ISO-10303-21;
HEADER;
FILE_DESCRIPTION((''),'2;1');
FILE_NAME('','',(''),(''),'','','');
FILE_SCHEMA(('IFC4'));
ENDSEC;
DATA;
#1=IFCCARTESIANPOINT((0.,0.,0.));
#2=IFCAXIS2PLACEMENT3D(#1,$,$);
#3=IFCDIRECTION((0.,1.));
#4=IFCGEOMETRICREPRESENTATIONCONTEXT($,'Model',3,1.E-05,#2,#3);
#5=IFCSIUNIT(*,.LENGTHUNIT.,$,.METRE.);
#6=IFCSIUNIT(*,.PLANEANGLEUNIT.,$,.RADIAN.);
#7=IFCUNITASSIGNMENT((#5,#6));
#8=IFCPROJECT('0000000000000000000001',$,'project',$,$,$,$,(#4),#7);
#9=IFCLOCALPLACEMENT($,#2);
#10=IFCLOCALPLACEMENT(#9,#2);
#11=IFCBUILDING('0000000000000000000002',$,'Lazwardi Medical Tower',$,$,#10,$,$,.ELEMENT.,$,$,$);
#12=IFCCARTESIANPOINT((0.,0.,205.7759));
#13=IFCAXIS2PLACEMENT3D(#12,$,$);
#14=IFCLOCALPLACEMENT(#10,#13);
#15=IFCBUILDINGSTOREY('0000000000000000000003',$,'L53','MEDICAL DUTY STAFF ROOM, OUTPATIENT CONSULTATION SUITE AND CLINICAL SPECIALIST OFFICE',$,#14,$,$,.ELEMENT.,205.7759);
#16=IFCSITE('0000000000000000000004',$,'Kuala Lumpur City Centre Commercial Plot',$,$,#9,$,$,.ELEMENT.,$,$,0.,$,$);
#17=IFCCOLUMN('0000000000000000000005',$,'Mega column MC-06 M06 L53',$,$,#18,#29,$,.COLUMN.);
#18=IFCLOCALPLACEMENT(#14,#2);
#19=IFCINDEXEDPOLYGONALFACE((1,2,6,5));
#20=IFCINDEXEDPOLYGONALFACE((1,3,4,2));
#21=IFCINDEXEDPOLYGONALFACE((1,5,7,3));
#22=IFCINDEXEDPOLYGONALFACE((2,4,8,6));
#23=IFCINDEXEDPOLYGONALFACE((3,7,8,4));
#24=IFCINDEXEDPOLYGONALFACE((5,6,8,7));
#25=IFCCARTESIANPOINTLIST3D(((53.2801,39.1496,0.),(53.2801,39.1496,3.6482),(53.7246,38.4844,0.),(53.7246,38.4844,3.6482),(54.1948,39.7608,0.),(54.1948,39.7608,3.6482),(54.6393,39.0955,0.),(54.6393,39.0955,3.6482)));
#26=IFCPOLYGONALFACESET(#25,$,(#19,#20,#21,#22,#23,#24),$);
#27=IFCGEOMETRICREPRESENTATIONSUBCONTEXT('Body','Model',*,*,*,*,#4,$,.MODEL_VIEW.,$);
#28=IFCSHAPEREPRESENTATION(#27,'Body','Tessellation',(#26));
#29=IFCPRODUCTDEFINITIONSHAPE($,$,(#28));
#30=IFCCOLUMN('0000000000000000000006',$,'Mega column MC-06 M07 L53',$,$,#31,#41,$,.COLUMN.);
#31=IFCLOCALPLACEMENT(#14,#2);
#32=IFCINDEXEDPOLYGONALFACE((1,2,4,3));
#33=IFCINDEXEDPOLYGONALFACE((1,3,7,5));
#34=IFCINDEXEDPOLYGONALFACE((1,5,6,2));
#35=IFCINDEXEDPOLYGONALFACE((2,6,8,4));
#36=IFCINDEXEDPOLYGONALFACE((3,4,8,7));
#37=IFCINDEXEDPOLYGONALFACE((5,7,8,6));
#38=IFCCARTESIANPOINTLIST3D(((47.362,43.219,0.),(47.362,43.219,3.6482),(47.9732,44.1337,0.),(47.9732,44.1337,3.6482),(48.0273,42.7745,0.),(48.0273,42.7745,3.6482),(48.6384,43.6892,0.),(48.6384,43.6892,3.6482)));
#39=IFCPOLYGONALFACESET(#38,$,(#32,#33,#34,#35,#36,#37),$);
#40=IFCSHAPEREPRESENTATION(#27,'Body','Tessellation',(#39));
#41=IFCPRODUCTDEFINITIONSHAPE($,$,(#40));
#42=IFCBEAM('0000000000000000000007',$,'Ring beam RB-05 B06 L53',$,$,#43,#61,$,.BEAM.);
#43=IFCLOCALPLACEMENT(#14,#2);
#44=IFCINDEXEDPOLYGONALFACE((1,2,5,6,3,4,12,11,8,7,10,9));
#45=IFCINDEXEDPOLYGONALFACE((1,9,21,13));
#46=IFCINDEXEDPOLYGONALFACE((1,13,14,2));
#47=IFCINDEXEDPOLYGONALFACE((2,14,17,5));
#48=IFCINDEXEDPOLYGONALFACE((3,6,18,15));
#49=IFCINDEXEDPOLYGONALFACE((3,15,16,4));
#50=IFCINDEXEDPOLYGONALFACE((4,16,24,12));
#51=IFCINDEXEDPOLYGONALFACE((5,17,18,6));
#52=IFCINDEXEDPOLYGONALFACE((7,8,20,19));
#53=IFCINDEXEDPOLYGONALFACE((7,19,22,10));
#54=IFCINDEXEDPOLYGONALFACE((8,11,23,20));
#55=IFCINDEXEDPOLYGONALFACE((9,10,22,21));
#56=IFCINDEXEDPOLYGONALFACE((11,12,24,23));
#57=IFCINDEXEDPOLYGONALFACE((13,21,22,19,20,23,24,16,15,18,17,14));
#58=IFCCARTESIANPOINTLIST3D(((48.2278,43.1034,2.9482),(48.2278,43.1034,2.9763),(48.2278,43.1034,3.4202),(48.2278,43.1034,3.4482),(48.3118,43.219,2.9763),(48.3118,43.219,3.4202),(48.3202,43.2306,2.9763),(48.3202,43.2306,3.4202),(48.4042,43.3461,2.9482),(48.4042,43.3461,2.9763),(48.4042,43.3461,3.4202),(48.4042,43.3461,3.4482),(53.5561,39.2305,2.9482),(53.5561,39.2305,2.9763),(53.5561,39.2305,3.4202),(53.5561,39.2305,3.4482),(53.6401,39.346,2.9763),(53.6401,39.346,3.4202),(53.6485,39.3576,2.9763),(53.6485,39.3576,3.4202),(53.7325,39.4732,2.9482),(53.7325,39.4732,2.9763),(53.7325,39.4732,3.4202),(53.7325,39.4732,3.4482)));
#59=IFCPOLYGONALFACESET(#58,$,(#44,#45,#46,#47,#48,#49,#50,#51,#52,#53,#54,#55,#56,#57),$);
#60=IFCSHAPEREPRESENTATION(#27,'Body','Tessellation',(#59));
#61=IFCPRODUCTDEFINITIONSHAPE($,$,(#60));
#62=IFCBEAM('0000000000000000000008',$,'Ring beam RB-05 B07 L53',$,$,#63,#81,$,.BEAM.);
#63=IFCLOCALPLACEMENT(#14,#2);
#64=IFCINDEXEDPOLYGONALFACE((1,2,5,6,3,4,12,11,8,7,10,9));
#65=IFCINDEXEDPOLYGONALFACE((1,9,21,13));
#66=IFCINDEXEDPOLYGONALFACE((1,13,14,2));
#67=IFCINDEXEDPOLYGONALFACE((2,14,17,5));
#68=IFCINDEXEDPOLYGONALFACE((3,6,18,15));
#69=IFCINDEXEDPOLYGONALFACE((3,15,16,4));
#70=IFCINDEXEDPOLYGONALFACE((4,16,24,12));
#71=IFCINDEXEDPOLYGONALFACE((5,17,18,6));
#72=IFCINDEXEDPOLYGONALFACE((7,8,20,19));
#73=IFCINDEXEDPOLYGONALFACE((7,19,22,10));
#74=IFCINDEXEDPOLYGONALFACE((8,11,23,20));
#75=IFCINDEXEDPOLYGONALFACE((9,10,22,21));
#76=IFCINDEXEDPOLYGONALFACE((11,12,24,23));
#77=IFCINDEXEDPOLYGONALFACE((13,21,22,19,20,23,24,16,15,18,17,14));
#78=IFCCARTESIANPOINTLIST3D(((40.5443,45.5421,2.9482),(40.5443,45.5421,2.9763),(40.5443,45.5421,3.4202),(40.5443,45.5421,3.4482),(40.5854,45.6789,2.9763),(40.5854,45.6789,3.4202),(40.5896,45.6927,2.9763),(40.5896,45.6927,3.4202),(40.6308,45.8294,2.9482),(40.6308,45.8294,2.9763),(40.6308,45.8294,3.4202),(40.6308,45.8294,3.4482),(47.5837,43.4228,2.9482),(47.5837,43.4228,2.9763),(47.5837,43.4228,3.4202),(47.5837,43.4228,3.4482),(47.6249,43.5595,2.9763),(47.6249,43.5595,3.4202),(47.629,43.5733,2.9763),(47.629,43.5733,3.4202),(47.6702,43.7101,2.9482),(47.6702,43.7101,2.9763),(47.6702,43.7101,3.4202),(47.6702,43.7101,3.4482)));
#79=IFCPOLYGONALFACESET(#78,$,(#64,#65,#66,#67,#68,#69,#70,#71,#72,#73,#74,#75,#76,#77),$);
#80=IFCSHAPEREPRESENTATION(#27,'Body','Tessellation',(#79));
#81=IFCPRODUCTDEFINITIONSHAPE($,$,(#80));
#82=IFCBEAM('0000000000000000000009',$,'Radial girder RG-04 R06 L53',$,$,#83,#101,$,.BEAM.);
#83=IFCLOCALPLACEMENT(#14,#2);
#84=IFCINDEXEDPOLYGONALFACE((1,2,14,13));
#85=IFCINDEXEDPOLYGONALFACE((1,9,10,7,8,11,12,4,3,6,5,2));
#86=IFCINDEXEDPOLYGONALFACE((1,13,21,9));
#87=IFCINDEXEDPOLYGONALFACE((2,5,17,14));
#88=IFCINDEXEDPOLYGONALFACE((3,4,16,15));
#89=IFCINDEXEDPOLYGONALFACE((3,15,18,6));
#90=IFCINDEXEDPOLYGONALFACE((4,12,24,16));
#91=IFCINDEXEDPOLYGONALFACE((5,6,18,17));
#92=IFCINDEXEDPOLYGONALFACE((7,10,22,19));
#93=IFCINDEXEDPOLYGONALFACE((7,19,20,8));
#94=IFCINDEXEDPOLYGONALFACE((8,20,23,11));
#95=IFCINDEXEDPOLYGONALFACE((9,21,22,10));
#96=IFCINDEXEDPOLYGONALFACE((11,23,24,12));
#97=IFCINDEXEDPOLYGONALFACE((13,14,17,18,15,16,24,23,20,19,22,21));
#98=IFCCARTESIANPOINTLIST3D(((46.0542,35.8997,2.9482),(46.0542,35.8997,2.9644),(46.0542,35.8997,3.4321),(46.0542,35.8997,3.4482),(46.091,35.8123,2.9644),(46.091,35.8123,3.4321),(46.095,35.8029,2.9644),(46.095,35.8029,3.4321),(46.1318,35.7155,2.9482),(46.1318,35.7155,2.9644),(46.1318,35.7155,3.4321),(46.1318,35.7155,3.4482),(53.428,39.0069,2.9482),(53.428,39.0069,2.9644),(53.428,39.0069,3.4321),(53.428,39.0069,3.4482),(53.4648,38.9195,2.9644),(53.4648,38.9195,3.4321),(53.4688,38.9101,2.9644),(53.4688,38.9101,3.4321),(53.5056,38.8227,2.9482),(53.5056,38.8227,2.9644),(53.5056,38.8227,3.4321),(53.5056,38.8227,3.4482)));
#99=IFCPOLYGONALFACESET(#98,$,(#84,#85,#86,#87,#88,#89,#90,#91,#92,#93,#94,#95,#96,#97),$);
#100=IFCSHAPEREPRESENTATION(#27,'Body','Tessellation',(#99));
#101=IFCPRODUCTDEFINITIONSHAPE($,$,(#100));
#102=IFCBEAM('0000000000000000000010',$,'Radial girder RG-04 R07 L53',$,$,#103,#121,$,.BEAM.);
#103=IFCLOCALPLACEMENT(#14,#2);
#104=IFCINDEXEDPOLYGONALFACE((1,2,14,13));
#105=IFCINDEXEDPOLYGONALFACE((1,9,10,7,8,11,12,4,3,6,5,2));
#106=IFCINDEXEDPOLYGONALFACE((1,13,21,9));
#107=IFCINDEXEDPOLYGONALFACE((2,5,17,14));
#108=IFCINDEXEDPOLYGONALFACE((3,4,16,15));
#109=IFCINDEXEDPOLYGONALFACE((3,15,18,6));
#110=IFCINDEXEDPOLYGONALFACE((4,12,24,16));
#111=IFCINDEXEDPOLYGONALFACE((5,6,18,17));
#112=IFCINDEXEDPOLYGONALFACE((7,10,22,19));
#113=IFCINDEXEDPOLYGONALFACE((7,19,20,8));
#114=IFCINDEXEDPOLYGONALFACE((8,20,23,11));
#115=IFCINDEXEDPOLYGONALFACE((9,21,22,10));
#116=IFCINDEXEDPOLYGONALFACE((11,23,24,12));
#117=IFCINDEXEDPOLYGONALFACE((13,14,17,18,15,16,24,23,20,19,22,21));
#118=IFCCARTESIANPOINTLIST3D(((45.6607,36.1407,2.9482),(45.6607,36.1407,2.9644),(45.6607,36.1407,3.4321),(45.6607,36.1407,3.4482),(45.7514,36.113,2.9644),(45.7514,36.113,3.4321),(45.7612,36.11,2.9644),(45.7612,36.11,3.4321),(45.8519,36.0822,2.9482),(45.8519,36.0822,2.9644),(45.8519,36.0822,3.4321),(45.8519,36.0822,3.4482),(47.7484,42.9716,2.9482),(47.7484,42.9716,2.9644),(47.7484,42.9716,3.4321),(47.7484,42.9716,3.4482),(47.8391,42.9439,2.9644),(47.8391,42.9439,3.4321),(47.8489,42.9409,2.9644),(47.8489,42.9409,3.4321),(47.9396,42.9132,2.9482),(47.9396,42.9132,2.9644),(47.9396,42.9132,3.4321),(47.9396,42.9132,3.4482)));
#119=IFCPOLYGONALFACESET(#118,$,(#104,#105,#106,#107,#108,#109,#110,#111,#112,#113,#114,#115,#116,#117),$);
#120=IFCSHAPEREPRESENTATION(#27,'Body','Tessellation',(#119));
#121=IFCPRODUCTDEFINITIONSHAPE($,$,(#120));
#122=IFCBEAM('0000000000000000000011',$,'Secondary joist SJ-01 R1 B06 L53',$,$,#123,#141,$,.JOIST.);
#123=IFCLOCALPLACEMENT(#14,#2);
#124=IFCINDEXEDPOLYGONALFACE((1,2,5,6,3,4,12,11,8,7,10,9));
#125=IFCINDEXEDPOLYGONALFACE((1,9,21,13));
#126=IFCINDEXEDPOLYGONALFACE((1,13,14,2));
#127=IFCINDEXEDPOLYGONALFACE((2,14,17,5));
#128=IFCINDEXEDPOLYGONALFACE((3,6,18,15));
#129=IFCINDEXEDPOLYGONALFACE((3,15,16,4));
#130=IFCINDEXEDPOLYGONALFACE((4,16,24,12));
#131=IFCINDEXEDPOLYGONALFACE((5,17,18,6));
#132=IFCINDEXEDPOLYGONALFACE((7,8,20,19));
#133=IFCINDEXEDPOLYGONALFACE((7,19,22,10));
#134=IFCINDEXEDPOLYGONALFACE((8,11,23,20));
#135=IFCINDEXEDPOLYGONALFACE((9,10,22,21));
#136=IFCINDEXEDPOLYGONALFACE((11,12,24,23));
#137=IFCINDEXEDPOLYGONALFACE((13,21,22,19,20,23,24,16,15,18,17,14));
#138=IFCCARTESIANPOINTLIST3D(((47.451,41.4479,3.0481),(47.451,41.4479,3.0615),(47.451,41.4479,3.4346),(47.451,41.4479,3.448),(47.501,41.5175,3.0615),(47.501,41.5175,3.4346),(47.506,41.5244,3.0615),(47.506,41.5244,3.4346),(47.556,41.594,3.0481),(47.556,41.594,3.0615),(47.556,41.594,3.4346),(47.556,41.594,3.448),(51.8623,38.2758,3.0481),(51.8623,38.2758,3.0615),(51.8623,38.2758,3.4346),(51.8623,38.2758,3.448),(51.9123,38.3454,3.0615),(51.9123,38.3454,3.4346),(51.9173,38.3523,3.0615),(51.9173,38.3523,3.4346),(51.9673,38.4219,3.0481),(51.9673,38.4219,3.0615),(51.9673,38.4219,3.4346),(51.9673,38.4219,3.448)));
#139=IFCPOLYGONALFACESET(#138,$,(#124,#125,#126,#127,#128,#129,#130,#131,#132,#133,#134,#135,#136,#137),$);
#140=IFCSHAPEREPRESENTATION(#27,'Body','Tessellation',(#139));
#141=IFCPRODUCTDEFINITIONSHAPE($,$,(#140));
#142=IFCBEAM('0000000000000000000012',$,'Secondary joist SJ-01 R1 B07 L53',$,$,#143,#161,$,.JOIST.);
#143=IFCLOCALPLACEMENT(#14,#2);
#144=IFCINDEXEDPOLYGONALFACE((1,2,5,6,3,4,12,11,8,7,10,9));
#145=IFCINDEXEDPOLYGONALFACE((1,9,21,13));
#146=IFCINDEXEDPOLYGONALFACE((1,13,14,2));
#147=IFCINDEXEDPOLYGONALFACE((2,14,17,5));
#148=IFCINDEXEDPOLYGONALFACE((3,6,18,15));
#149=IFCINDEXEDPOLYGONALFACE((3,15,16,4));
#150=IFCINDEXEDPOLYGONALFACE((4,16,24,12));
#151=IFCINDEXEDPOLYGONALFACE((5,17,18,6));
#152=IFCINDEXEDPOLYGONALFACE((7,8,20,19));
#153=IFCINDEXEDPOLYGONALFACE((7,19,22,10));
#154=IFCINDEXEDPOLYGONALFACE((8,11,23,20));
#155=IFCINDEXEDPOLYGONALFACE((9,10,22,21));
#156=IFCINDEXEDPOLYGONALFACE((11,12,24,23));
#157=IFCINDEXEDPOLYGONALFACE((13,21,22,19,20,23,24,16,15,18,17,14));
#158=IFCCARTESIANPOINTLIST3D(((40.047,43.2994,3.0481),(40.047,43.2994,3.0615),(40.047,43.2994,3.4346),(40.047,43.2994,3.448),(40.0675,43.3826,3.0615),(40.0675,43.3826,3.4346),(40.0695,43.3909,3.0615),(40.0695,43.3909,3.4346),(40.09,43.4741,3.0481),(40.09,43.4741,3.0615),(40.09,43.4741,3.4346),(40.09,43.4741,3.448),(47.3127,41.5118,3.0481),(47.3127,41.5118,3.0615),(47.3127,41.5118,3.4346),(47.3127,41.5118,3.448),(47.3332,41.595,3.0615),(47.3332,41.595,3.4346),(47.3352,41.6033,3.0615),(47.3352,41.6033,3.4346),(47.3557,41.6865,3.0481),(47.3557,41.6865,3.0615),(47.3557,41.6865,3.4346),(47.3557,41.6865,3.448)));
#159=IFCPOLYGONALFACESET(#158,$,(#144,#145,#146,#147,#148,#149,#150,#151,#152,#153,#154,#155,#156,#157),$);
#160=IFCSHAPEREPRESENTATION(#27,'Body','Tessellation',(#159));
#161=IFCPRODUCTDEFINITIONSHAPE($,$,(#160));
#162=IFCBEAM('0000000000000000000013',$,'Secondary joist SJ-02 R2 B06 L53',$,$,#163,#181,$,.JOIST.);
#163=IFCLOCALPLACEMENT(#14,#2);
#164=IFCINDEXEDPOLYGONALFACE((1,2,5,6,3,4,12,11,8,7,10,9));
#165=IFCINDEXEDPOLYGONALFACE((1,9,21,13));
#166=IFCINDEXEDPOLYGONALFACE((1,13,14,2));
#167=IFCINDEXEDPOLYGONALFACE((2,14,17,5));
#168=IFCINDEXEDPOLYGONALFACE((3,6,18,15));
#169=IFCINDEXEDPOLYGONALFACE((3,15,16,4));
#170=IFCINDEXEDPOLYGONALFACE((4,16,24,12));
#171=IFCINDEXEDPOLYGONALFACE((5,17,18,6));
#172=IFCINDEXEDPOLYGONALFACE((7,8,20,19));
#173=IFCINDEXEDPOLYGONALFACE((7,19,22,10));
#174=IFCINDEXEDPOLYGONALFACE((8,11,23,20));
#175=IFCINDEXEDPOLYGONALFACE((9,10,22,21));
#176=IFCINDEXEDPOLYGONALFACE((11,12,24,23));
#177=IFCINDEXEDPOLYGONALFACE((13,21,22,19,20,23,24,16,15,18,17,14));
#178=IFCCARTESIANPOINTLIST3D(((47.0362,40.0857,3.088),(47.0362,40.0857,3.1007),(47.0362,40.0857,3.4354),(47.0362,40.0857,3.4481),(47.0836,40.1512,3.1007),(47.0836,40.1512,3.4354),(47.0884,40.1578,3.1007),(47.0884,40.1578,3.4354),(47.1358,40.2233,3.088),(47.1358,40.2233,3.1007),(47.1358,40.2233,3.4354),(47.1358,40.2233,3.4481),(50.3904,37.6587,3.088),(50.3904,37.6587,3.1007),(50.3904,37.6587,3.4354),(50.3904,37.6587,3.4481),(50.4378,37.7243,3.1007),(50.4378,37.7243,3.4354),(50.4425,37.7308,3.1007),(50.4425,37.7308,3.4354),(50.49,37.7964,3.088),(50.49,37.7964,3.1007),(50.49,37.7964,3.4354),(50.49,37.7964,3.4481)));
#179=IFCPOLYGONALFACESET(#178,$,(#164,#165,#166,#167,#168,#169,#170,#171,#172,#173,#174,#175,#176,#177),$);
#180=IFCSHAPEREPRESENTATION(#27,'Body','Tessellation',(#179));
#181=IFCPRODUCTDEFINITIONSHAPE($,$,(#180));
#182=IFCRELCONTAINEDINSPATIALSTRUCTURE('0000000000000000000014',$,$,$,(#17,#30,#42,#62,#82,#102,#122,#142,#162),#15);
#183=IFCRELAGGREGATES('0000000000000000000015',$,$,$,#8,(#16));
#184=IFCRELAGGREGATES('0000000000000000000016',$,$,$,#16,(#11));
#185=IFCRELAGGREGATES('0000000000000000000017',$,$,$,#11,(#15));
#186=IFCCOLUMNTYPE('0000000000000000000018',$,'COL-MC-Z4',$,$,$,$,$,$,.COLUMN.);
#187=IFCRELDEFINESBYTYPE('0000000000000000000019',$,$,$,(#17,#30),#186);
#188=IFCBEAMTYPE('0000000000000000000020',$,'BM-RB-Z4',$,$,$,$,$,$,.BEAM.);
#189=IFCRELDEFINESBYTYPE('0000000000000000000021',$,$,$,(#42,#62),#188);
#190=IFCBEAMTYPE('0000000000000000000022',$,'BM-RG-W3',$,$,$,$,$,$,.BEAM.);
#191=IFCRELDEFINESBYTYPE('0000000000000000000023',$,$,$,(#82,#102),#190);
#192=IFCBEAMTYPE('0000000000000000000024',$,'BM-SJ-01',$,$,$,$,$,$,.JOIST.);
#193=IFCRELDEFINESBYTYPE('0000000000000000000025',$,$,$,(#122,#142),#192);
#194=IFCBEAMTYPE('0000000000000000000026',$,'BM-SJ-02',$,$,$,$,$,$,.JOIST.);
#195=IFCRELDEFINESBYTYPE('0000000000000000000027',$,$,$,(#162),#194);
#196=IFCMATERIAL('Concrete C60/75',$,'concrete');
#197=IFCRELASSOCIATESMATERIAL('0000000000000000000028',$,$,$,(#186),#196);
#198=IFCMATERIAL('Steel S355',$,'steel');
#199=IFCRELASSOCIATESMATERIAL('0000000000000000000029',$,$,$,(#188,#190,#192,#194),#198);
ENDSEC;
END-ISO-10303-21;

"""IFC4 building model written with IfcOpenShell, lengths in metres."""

from ifc_helpers import new_model, si_unit, direction, frame, origin, origin_2d, place, context, subcontext, project, spatial, rectangle, i_section, extrude, material, material_profile, profile_set, type_object, element, save


model = new_model("IFC4")

# Units and contexts
model_context = context("Model", 3, precision=1e-05, world=origin(), true_north=direction((0.0, 1.0)))
body_context = subcontext(model_context, "Body", "Model", "MODEL_VIEW")
ifc_project = project(units=[si_unit("LENGTHUNIT", "METRE"), si_unit("PLANEANGLEUNIT", "RADIAN")], contexts=[model_context])

# Site, building, storey
site_placement = place(None, origin())
site = spatial("IfcSite", under=ifc_project, at=site_placement, Name="Kuala Lumpur City Centre Commercial Plot", CompositionType="ELEMENT", RefElevation=0.0)
building_placement = place(site_placement, origin())
building = spatial("IfcBuilding", under=site, at=building_placement, Name="Lazwardi Medical Tower", CompositionType="ELEMENT")
storey_placement = place(building_placement, frame((0.0, 0.0, 205.7759)))
storey = spatial("IfcBuildingStorey", under=building, at=storey_placement, Name="L53", Description="MEDICAL DUTY STAFF ROOM, OUTPATIENT CONSULTATION SUITE AND CLINICAL SPECIALIST OFFICE", CompositionType="ELEMENT", Elevation=205.7759)

# Columns
ifc_material_1 = material(Name="Concrete C60/75", Category="concrete")
ifc_material_profile_1 = material_profile(ifc_material_1, rectangle(XDim=1.1001, YDim=0.8, at=origin_2d()), Name="CFT-RECT 1100x800")
ifc_profile_set_1 = profile_set([ifc_material_profile_1], Name="Concrete C60/75")
column_type = type_object("IfcColumnType", Name="COL-MC-Z4", PredefinedType="COLUMN", material=ifc_profile_set_1)
for number, where, z_axis, x_axis, name in (
    (1, (53.9597, 39.1226, 0.0), (0.0, 0.0, 1.0), (0.83147, 0.55557, 0.0), "Mega column MC-06 M06 L53"),
    (2, (48.0002, 43.4541, 0.0), (0.0, 0.0, 1.0), (0.55557, 0.83147, 0.0), "Mega column MC-06 M07 L53"),
):
    element("IfcColumn", number, at=place(storey_placement, frame(where, z_axis=z_axis, x_axis=x_axis)), inside=storey, type_object=column_type, Name=name, PredefinedType="COLUMN", context=body_context, shape_type="SweptSolid", body=[
        extrude(rectangle(XDim=1.1001, YDim=0.8, at=origin_2d()), origin(), (0.0, 0.0, 1.0), 3.6482),
    ])

# Beams
ifc_material_2 = material(Name="Steel S355", Category="steel")
ifc_material_profile_2 = material_profile(ifc_material_2, i_section(OverallWidth=0.3, OverallDepth=0.5, WebThickness=0.0144, FlangeThickness=0.0281, at=origin_2d()), Name="HEB 500")
ifc_profile_set_2 = profile_set([ifc_material_profile_2], Name="Steel S355")
beam_type_1 = type_object("IfcBeamType", Name="BM-RB-Z4", PredefinedType="BEAM", material=ifc_profile_set_2)
beam_1_placement = place(storey_placement, frame((53.6443, 39.3518, 3.1982), z_axis=(-0.80889, 0.58796, 0.0), x_axis=(-0.58796, -0.80889, 0.0)))
element("IfcBeam", 3, at=beam_1_placement, inside=storey, type_object=beam_type_1, Name="Ring beam RB-05 B06 L53", PredefinedType="BEAM", context=body_context, shape_type="SweptSolid", body=[
    extrude(i_section(OverallWidth=0.3, OverallDepth=0.5, WebThickness=0.0144, FlangeThickness=0.0281, at=origin_2d()), origin(), (0.0, 0.0, 1.0), 6.5872),
])
beam_2_placement = place(storey_placement, frame((47.627, 43.5664, 3.1982), z_axis=(-0.957544, 0.288286, 0.0), x_axis=(-0.288286, -0.957544, 0.0)))
element("IfcBeam", 4, at=beam_2_placement, inside=storey, type_object=beam_type_1, Name="Ring beam RB-05 B07 L53", PredefinedType="BEAM", context=body_context, shape_type="SweptSolid", body=[
    extrude(i_section(OverallWidth=0.3, OverallDepth=0.5, WebThickness=0.0144, FlangeThickness=0.0281, at=origin_2d()), origin(), (0.0, 0.0, 1.0), 7.3516),
])
ifc_material_profile_3 = material_profile(ifc_material_2, i_section(OverallWidth=0.2, OverallDepth=0.5, WebThickness=0.0103, FlangeThickness=0.0161, at=origin_2d()), Name="IPE 500")
ifc_profile_set_3 = profile_set([ifc_material_profile_3], Name="Steel S355")
beam_type_2 = type_object("IfcBeamType", Name="BM-RG-W3", PredefinedType="BEAM", material=ifc_profile_set_3)
beam_3_placement = place(storey_placement, frame((53.4668, 38.9148, 3.1982), z_axis=(-0.921527, -0.388315, 0.0), x_axis=(0.388315, -0.921527, 0.0)))
element("IfcBeam", 5, at=beam_3_placement, inside=storey, type_object=beam_type_2, Name="Radial girder RG-04 R06 L53", PredefinedType="BEAM", context=body_context, shape_type="SweptSolid", body=[
    extrude(i_section(OverallWidth=0.2, OverallDepth=0.5, WebThickness=0.0103, FlangeThickness=0.0161, at=origin_2d()), origin(), (0.0, 0.0, 1.0), 8.0017),
])
beam_4_placement = place(storey_placement, frame((47.844, 42.9424, 3.1982), z_axis=(-0.292277, -0.956334, 0.0), x_axis=(0.956334, -0.292277, 0.0)))
element("IfcBeam", 6, at=beam_4_placement, inside=storey, type_object=beam_type_2, Name="Radial girder RG-04 R07 L53", PredefinedType="BEAM", context=body_context, shape_type="SweptSolid", body=[
    extrude(i_section(OverallWidth=0.2, OverallDepth=0.5, WebThickness=0.0103, FlangeThickness=0.0161, at=origin_2d()), origin(), (0.0, 0.0, 1.0), 7.1428),
])
ifc_material_profile_4 = material_profile(ifc_material_2, i_section(OverallWidth=0.1799, OverallDepth=0.3999, WebThickness=0.0085, FlangeThickness=0.0134, at=origin_2d()), Name="IPE 400")
ifc_profile_set_4 = profile_set([ifc_material_profile_4], Name="Steel S355")
beam_type_3 = type_object("IfcBeamType", Name="BM-SJ-01", PredefinedType="JOIST", material=ifc_profile_set_4)
beam_5_placement = place(storey_placement, frame((51.9148, 38.3489, 3.248), z_axis=(-0.81189, 0.583811, 0.0), x_axis=(-0.583811, -0.81189, 0.0)))
element("IfcBeam", 7, at=beam_5_placement, inside=storey, type_object=beam_type_3, Name="Secondary joist SJ-01 R1 B06 L53", PredefinedType="JOIST", context=body_context, shape_type="SweptSolid", body=[
    extrude(i_section(OverallWidth=0.1799, OverallDepth=0.3999, WebThickness=0.0085, FlangeThickness=0.0134, at=origin_2d()), origin(), (0.0, 0.0, 1.0), 5.4333),
])
beam_6_placement = place(storey_placement, frame((47.3342, 41.5991, 3.248), z_axis=(-0.971042, 0.23891, 0.0), x_axis=(-0.23891, -0.971042, 0.0)))
element("IfcBeam", 8, at=beam_6_placement, inside=storey, type_object=beam_type_3, Name="Secondary joist SJ-01 R1 B07 L53", PredefinedType="JOIST", context=body_context, shape_type="SweptSolid", body=[
    extrude(i_section(OverallWidth=0.1799, OverallDepth=0.3999, WebThickness=0.0085, FlangeThickness=0.0134, at=origin_2d()), origin(), (0.0, 0.0, 1.0), 7.4824),
])
ifc_material_profile_5 = material_profile(ifc_material_2, i_section(OverallWidth=0.1699, OverallDepth=0.3601, WebThickness=0.0081, FlangeThickness=0.0127, at=origin_2d()), Name="IPE 360")
ifc_profile_set_5 = profile_set([ifc_material_profile_5], Name="Steel S355")
beam_type_4 = type_object("IfcBeamType", Name="BM-SJ-02", PredefinedType="JOIST", material=ifc_profile_set_5)
beam_7_placement = place(storey_placement, frame((50.4402, 37.7275, 3.2681), z_axis=(-0.810164, 0.586203, 0.0), x_axis=(-0.586203, -0.810164, 0.0)))
element("IfcBeam", 9, at=beam_7_placement, inside=storey, type_object=beam_type_4, Name="Secondary joist SJ-02 R2 B06 L53", PredefinedType="JOIST", context=body_context, shape_type="SweptSolid", body=[
    extrude(i_section(OverallWidth=0.1699, OverallDepth=0.3601, WebThickness=0.0081, FlangeThickness=0.0127, at=origin_2d()), origin(), (0.0, 0.0, 1.0), 4.1401),
])

save(model, "model.ifc")
